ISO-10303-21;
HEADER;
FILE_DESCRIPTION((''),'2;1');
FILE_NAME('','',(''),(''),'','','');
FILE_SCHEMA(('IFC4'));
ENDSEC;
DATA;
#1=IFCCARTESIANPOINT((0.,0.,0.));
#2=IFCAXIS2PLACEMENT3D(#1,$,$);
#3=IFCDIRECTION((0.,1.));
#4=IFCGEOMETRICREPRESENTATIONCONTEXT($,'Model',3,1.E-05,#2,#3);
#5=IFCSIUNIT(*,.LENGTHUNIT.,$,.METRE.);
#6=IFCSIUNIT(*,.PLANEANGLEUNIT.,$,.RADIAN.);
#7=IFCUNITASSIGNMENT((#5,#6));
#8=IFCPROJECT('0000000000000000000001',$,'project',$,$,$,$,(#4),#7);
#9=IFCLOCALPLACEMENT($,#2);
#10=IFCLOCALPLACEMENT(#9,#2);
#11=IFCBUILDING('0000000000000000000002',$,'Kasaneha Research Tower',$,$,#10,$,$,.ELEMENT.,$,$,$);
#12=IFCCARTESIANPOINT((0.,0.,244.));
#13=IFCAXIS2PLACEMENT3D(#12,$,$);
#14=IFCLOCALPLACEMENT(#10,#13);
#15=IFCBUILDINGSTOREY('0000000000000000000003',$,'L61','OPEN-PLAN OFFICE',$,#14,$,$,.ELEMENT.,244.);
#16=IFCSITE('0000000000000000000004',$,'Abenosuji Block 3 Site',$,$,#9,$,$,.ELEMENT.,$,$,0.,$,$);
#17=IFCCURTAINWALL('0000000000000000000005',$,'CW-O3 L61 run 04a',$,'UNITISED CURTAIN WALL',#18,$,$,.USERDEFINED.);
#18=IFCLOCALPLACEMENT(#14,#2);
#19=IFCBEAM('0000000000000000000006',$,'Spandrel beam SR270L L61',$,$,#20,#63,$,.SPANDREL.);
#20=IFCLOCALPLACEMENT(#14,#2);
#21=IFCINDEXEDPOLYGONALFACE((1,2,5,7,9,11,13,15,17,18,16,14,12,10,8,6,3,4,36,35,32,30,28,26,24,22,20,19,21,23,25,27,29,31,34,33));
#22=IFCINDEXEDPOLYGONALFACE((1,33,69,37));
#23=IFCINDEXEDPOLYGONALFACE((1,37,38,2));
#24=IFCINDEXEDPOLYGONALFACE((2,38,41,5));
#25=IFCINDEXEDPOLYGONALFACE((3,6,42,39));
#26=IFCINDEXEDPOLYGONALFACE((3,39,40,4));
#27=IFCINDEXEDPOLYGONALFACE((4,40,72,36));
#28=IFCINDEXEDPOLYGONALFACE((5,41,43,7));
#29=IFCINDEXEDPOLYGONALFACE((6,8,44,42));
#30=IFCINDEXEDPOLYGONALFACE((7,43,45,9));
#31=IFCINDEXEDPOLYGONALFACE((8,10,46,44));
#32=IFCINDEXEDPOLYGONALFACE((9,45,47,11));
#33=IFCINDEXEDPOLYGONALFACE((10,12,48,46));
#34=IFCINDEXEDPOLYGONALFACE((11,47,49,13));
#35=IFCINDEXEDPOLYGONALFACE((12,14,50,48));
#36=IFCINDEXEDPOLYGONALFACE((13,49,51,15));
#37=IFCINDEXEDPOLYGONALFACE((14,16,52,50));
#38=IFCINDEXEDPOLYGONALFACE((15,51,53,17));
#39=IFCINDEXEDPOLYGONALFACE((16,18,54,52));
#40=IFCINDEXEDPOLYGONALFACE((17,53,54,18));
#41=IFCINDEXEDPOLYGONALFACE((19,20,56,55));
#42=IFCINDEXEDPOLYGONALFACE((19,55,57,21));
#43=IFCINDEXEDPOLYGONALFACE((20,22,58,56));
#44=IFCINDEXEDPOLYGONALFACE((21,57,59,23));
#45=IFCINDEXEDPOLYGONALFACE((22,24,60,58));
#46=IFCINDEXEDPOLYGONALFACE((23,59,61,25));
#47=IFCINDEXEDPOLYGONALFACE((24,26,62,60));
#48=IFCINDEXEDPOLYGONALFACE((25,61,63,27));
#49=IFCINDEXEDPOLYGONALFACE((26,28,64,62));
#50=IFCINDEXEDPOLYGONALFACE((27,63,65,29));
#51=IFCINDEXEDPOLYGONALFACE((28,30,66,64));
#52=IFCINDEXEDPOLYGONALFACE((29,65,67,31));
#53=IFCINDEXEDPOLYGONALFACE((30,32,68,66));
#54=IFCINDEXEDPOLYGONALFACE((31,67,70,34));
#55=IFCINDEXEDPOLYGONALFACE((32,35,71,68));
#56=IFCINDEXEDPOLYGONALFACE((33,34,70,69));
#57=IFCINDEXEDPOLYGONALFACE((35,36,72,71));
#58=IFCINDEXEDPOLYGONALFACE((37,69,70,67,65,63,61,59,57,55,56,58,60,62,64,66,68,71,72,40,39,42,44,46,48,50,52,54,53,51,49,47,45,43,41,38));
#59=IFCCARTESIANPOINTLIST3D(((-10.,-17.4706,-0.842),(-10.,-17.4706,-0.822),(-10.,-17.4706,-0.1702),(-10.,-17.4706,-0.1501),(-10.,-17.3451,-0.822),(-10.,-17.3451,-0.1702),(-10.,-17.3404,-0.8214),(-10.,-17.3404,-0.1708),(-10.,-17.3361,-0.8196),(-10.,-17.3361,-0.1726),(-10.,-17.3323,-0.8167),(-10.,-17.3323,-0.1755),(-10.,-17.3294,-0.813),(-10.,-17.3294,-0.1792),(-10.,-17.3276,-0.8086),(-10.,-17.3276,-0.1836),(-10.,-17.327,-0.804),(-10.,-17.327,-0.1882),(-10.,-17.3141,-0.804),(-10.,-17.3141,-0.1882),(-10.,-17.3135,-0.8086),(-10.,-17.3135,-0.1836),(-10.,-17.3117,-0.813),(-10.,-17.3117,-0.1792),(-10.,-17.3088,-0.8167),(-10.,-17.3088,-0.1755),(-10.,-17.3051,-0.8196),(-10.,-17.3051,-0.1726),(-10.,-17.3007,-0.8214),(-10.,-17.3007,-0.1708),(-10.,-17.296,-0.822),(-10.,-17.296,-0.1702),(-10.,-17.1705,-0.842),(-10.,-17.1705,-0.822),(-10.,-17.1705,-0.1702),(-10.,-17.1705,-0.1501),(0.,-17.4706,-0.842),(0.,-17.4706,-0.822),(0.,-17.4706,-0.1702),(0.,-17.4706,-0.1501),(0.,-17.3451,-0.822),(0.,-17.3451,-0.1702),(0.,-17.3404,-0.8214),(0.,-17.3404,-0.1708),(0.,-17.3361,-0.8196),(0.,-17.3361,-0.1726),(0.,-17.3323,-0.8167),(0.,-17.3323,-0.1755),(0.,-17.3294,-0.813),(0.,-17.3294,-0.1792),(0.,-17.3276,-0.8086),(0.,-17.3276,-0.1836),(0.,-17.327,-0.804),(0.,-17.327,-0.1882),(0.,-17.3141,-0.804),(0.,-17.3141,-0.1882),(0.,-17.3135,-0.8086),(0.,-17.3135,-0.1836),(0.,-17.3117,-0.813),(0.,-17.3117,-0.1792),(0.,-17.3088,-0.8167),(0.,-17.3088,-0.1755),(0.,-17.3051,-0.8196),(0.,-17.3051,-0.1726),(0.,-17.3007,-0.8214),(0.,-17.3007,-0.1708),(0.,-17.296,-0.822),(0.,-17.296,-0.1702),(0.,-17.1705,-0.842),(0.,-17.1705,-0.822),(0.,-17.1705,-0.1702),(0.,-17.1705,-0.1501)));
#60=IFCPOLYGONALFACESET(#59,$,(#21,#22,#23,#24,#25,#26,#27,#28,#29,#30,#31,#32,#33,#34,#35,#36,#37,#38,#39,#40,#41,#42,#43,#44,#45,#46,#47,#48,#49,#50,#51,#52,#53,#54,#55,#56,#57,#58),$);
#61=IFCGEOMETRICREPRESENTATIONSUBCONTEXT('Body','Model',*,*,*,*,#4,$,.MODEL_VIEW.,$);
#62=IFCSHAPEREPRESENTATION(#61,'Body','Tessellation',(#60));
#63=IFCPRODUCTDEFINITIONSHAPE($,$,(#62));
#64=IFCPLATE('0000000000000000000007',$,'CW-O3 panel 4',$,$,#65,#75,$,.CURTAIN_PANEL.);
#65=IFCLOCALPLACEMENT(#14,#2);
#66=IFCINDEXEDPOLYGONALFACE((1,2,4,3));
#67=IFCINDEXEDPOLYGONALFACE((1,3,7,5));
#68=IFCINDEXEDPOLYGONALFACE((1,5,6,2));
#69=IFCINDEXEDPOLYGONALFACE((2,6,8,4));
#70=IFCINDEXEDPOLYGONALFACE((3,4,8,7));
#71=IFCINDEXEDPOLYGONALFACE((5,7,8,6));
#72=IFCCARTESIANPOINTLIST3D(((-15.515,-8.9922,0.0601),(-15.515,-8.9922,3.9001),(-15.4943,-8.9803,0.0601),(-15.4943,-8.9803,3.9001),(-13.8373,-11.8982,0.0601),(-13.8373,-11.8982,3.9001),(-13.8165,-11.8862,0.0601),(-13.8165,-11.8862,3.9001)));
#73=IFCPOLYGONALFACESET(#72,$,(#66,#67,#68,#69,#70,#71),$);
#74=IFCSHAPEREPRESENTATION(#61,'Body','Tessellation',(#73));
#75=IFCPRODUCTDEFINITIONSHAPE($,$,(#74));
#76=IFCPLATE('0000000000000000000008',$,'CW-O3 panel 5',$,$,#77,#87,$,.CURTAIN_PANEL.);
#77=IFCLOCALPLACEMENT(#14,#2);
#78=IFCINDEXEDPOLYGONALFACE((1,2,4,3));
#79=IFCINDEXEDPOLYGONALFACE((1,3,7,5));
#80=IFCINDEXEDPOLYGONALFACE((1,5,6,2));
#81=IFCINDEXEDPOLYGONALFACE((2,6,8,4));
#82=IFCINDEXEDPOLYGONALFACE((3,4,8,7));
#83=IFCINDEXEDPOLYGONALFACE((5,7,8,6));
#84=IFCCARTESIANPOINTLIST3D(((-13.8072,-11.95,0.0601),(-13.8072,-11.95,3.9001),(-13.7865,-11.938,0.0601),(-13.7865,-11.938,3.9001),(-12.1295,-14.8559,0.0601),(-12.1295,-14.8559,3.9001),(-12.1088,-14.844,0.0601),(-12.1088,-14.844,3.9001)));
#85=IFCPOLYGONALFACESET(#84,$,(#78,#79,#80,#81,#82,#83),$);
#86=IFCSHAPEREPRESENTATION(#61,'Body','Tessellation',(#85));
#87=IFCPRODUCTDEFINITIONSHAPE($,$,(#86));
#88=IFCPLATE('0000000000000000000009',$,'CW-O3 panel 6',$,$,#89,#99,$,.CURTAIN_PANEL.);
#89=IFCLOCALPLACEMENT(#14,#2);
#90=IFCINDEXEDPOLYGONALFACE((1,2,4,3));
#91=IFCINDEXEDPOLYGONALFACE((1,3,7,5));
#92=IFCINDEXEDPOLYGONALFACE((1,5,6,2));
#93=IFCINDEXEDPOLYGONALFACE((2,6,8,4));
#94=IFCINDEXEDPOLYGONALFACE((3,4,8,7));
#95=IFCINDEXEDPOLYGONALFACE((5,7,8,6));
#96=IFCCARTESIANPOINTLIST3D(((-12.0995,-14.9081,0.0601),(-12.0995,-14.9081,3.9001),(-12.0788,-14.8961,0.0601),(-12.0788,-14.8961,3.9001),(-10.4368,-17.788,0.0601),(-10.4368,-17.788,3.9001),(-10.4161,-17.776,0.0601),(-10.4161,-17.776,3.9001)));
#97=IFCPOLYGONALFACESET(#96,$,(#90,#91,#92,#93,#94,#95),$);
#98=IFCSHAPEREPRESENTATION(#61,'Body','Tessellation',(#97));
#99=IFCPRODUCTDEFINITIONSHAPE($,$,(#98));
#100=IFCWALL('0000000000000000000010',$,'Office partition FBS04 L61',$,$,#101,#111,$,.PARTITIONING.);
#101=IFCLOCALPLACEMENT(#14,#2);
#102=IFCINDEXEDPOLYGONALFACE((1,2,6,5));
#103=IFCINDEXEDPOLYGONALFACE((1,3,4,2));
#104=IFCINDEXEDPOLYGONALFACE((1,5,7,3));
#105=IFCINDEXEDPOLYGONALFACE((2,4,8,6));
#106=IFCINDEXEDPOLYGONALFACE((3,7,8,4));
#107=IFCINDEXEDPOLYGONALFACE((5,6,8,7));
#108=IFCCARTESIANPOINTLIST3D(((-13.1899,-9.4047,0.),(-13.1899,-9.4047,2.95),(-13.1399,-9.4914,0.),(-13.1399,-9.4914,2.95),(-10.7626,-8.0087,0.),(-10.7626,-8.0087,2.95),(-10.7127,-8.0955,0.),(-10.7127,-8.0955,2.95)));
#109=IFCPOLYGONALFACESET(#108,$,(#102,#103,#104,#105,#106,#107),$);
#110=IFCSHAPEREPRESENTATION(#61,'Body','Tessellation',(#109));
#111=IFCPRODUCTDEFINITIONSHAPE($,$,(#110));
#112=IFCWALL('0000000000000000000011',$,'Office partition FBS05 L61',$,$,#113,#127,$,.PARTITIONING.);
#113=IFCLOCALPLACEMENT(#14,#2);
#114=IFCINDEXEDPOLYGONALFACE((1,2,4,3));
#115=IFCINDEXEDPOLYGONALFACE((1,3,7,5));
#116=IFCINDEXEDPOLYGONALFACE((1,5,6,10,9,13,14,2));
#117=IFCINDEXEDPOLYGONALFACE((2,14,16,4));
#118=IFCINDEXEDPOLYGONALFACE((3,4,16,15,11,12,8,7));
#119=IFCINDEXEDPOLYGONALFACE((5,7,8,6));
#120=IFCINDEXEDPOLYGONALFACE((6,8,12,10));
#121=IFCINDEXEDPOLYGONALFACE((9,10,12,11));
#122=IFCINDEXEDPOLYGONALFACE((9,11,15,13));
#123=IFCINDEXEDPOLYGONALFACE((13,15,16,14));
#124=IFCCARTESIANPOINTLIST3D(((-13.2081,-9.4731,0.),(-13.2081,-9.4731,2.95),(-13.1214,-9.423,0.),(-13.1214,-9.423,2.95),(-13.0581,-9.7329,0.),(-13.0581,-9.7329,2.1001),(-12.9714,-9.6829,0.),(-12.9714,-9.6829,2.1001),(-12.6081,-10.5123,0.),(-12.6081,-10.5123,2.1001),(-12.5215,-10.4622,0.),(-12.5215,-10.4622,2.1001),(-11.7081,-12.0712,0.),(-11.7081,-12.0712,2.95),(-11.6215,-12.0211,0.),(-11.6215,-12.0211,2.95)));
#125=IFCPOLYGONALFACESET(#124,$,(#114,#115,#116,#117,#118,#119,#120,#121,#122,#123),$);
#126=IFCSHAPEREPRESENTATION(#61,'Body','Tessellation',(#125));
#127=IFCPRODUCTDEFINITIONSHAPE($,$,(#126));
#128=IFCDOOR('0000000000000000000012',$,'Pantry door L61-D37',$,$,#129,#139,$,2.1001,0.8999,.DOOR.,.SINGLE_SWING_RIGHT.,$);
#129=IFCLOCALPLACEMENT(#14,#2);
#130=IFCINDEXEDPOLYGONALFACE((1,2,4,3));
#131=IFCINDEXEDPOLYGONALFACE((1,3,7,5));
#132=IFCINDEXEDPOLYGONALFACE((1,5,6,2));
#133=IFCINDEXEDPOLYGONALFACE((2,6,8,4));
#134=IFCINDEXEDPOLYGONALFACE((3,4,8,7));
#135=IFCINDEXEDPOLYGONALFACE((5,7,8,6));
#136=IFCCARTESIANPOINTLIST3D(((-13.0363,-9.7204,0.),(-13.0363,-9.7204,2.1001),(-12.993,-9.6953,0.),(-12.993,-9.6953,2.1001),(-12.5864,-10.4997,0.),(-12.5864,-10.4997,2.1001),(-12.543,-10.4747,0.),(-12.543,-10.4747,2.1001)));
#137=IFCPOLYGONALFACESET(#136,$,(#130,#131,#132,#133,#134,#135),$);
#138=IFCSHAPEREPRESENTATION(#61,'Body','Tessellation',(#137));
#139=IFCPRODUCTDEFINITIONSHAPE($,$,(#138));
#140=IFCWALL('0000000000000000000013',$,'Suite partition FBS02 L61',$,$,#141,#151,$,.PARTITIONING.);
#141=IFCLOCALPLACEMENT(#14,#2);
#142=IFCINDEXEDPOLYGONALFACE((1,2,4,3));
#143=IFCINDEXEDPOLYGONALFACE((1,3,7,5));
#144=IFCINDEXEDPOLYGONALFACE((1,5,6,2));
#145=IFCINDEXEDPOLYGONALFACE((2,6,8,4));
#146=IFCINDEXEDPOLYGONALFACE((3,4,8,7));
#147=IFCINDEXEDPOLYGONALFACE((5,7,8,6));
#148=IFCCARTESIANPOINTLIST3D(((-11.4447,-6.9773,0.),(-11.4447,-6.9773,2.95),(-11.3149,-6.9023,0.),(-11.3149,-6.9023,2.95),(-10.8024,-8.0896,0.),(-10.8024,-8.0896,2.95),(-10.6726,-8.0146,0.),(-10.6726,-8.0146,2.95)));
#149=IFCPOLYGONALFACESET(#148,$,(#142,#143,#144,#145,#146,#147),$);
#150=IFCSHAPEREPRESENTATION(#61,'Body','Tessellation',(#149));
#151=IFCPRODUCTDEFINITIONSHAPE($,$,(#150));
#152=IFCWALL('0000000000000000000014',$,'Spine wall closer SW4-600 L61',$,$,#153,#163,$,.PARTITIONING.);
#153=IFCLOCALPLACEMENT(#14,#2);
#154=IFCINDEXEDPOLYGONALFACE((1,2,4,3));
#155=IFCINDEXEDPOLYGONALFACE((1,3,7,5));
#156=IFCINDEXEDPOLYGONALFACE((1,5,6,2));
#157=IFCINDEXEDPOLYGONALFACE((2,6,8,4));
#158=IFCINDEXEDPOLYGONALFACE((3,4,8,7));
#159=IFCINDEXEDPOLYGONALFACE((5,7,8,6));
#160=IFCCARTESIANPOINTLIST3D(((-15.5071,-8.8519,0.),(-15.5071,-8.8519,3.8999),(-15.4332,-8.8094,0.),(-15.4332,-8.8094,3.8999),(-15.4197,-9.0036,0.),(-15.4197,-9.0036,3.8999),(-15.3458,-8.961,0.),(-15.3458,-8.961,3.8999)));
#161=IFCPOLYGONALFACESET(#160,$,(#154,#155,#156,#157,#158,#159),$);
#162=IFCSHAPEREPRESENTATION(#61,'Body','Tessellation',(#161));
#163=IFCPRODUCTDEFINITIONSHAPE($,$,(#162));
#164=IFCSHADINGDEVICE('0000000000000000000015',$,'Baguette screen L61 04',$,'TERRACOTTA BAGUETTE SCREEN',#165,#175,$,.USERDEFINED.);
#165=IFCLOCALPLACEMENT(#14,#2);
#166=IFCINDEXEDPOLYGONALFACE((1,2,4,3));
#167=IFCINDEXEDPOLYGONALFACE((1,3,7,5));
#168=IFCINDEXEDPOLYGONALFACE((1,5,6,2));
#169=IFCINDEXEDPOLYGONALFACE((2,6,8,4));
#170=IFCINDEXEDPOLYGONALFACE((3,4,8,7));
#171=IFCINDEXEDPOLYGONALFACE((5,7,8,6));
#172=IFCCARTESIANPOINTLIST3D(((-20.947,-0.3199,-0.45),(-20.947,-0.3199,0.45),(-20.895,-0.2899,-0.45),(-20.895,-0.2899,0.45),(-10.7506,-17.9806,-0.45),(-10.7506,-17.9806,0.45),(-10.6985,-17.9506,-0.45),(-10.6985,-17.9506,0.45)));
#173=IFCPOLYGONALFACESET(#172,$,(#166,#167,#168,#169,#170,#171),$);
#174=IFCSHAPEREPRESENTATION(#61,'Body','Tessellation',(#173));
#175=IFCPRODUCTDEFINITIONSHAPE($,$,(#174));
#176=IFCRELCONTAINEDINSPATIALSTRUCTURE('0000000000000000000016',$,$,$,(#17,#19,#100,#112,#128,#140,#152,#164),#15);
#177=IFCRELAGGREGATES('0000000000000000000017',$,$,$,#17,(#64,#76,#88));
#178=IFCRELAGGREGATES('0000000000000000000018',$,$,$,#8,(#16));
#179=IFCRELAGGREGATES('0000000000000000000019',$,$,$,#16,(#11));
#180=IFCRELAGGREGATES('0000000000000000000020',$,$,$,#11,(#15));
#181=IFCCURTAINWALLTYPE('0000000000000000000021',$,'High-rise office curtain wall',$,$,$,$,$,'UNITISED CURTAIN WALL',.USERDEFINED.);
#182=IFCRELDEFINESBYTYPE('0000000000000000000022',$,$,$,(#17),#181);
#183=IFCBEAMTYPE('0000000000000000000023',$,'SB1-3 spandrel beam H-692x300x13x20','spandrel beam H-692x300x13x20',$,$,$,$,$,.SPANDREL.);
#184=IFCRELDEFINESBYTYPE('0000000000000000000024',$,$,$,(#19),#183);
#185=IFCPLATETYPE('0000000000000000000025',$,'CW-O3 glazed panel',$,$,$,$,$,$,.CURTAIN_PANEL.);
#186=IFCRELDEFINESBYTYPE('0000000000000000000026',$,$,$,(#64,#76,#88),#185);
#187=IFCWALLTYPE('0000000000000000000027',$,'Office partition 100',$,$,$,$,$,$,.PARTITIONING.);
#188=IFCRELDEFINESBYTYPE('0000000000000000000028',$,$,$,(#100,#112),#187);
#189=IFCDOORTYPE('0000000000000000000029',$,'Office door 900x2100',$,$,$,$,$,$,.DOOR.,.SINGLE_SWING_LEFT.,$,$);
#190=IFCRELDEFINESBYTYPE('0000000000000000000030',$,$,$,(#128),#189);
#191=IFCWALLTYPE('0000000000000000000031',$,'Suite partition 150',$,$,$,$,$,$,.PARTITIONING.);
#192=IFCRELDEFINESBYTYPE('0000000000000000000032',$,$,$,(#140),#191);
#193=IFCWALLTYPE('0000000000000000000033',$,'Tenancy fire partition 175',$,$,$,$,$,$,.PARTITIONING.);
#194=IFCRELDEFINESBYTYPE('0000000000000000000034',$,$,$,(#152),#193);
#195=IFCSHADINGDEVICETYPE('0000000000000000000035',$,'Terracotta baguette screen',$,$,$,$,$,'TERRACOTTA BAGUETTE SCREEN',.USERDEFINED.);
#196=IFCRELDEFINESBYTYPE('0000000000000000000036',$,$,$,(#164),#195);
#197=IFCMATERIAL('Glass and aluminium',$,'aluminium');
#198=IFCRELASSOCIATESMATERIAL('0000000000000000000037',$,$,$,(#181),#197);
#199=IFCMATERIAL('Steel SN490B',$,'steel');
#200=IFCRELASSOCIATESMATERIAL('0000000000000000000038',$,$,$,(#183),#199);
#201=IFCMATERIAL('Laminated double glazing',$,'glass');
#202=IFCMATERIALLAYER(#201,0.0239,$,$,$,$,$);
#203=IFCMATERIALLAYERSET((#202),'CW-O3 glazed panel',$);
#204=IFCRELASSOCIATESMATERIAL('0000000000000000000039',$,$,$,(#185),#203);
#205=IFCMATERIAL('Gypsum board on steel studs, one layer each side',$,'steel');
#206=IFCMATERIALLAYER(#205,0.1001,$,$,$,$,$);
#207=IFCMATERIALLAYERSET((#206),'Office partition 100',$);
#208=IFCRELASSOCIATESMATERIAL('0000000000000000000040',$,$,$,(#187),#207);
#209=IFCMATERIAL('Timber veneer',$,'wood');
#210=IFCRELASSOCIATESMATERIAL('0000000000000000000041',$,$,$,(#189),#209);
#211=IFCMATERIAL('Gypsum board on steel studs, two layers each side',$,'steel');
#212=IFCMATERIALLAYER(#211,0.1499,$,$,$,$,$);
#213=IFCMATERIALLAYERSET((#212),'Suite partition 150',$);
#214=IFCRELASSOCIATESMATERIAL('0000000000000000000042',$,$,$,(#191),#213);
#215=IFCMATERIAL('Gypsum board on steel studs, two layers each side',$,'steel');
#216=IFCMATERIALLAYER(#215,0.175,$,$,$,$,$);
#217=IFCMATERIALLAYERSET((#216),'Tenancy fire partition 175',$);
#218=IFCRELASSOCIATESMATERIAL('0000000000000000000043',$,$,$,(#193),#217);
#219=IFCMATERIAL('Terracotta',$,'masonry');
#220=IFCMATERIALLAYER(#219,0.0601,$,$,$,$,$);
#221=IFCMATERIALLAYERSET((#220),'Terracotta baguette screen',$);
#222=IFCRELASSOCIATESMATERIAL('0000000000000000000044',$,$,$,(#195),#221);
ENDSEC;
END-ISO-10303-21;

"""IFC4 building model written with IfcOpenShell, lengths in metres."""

from ifc_helpers import new_model, si_unit, direction, frame, frame_2d, origin, origin_2d, place, context, subcontext, project, spatial, rectangle, i_section, extrude, material, layer, layer_set, material_profile, profile_set, type_object, element, fill, aggregate, save


model = new_model("IFC4")

# Units and contexts
model_context = context("Model", 3, precision=1e-05, world=origin(), true_north=direction((0.0, 1.0)))
body_context = subcontext(model_context, "Body", "Model", "MODEL_VIEW")
ifc_project = project(units=[si_unit("LENGTHUNIT", "METRE"), si_unit("PLANEANGLEUNIT", "RADIAN")], contexts=[model_context])

# Site, building, storey
site_placement = place(None, origin())
site = spatial("IfcSite", under=ifc_project, at=site_placement, Name="Abenosuji Block 3 Site", CompositionType="ELEMENT", RefElevation=0.0)
building_placement = place(site_placement, origin())
building = spatial("IfcBuilding", under=site, at=building_placement, Name="Kasaneha Research Tower", CompositionType="ELEMENT")
storey_placement = place(building_placement, frame((0.0, 0.0, 244.0)))
storey = spatial("IfcBuildingStorey", under=building, at=storey_placement, Name="L61", Description="OPEN-PLAN OFFICE", CompositionType="ELEMENT", Elevation=244.0)

# Curtain wall
ifc_material_1 = material(Name="Glass and aluminium", Category="aluminium")
curtain_wall_type = type_object("IfcCurtainWallType", Name="High-rise office curtain wall", ElementType="UNITISED CURTAIN WALL", PredefinedType="USERDEFINED", material=ifc_material_1)
curtain_wall_1_placement = place(storey_placement, origin())
curtain_wall_1 = element("IfcCurtainWall", 1, at=curtain_wall_1_placement, inside=storey, type_object=curtain_wall_type, Name="CW-O3 L61 run 04a", ObjectType="UNITISED CURTAIN WALL", PredefinedType="USERDEFINED")

# Beam
ifc_material_2 = material(Name="Steel SN490B", Category="steel")
ifc_material_profile_1 = material_profile(ifc_material_2, i_section(OverallWidth=0.3, OverallDepth=0.6919, WebThickness=0.0129, FlangeThickness=0.02, FilletRadius=0.0181, at=origin_2d()), Name="H-692x300x13x20")
ifc_profile_set_1 = profile_set([ifc_material_profile_1], Name="Steel SN490B")
beam_type_1 = type_object("IfcBeamType", Name="SB1-3 spandrel beam H-692x300x13x20", Description="spandrel beam H-692x300x13x20", PredefinedType="SPANDREL", material=ifc_profile_set_1)
beam_1_placement = place(storey_placement, frame((-10.0, -17.3206, -0.4961), z_axis=(1.0, 0.0, 0.0), x_axis=(0.0, 1.0, 0.0)))
element("IfcBeam", 2, at=beam_1_placement, inside=storey, type_object=beam_type_1, Name="Spandrel beam SR270L L61", PredefinedType="SPANDREL", context=body_context, shape_type="SweptSolid", body=[
    extrude(i_section(OverallWidth=0.3, OverallDepth=0.6919, WebThickness=0.0129, FlangeThickness=0.02, FilletRadius=0.0181, at=origin_2d()), origin(), (0.0, 0.0, 1.0), 10.0),
])

# Plates
ifc_material_3 = material(Name="Laminated double glazing", Category="glass")
ifc_layer_1 = layer(ifc_material_3, 0.0239)
ifc_layer_set_1 = layer_set([ifc_layer_1], Name="CW-O3 glazed panel")
plate_type = type_object("IfcPlateType", Name="CW-O3 glazed panel", PredefinedType="CURTAIN_PANEL", material=ifc_layer_set_1)
plate_1_placement = place(storey_placement, frame((-14.6658, -10.4392, 0.0601), z_axis=(0.0, 0.0, 1.0), x_axis=(0.5, -0.866025, 0.0)))
plate_1 = element("IfcPlate", 3, at=plate_1_placement, type_object=plate_type, Name="CW-O3 panel 4", PredefinedType="CURTAIN_PANEL", context=body_context, shape_type="SweptSolid", body=[
    extrude(rectangle(XDim=3.3555, YDim=0.0239, at=origin_2d()), origin(), (0.0, 0.0, 1.0), 3.8401),
])
plate_2_placement = place(storey_placement, frame((-12.958, -13.397, 0.0601), z_axis=(0.0, 0.0, 1.0), x_axis=(0.5, -0.866025, 0.0)))
plate_2 = element("IfcPlate", 4, at=plate_2_placement, type_object=plate_type, Name="CW-O3 panel 5", PredefinedType="CURTAIN_PANEL", context=body_context, shape_type="SweptSolid", body=[
    extrude(rectangle(XDim=3.3555, YDim=0.0239, at=origin_2d()), origin(), (0.0, 0.0, 1.0), 3.8401),
])
plate_3_placement = place(storey_placement, frame((-11.2578, -16.342, 0.0601), z_axis=(0.0, 0.0, 1.0), x_axis=(0.5, -0.866025, 0.0)))
plate_3 = element("IfcPlate", 5, at=plate_3_placement, type_object=plate_type, Name="CW-O3 panel 6", PredefinedType="CURTAIN_PANEL", context=body_context, shape_type="SweptSolid", body=[
    extrude(rectangle(XDim=3.3254, YDim=0.0239, at=origin_2d()), origin(), (0.0, 0.0, 1.0), 3.8401),
])
aggregate(curtain_wall_1, [plate_1, plate_2, plate_3])

# Wall
ifc_material_4 = material(Name="Gypsum board on steel studs, one layer each side", Category="steel")
ifc_layer_2 = layer(ifc_material_4, 0.1001)
ifc_layer_set_2 = layer_set([ifc_layer_2], Name="Office partition 100")
wall_type_1 = type_object("IfcWallType", Name="Office partition 100", PredefinedType="PARTITIONING", material=ifc_layer_set_2)
wall_1_placement = place(storey_placement, frame((-13.1648, -9.448, 0.0), z_axis=(0.0, 0.0, 1.0), x_axis=(0.866855, 0.49856, 0.0)))
element("IfcWall", 6, at=wall_1_placement, inside=storey, type_object=wall_type_1, Name="Office partition FBS04 L61", PredefinedType="PARTITIONING", context=body_context, shape_type="SweptSolid", body=[
    extrude(rectangle(XDim=2.8, YDim=0.1001, at=frame_2d((1.3999, 0.0))), origin(), (0.0, 0.0, 1.0), 2.95),
])

# Wall, opening, door
wall_2_placement = place(storey_placement, frame((-11.6648, -12.0461, 0.0), z_axis=(0.0, 0.0, 1.0), x_axis=(-0.49999, 0.866031, 0.0)))
wall_2 = element("IfcWall", 7, at=wall_2_placement, inside=storey, type_object=wall_type_1, Name="Office partition FBS05 L61", PredefinedType="PARTITIONING", context=body_context, shape_type="SweptSolid", body=[
    extrude(rectangle(XDim=3.0, YDim=0.1001, at=frame_2d((1.5, 0.0))), origin(), (0.0, 0.0, 1.0), 2.95),
])
opening_placement = place(wall_2_placement, frame((1.8, 0.0, 0.0)))
opening = element("IfcOpeningElement", 8, at=opening_placement, cuts=wall_2, PredefinedType="OPENING", context=body_context, shape_type="SweptSolid", body=[
    extrude(rectangle(XDim=0.8999, YDim=2.1001, at=frame_2d((0.45, 1.05))), frame((0.0, 0.0601, 0.0), z_axis=(0.0, -1.0, 0.0), x_axis=(1.0, 0.0, 0.0)), (0.0, 0.0, 1.0), 0.1201),
])
ifc_material_5 = material(Name="Timber veneer", Category="wood")
door_type = type_object("IfcDoorType", Name="Office door 900x2100", OperationType="SINGLE_SWING_LEFT", PredefinedType="DOOR", material=ifc_material_5)
door_placement = place(opening_placement, origin())
door = element("IfcDoor", 9, at=door_placement, inside=storey, type_object=door_type, Name="Pantry door L61-D37", OperationType="SINGLE_SWING_RIGHT", OverallHeight=2.1001, OverallWidth=0.8999, PredefinedType="DOOR", context=body_context, shape_type="SweptSolid", body=[
    extrude(rectangle(XDim=0.8999, YDim=2.1001, at=frame_2d((0.45, 1.05))), frame((0.0, 0.0249, 0.0), z_axis=(0.0, -1.0, 0.0), x_axis=(1.0, 0.0, 0.0)), (0.0, 0.0, 1.0), 0.05),
])
fill(opening, door)

# Walls
ifc_material_6 = material(Name="Gypsum board on steel studs, two layers each side", Category="steel")
ifc_layer_3 = layer(ifc_material_6, 0.1499)
ifc_layer_set_3 = layer_set([ifc_layer_3], Name="Suite partition 150")
wall_type_2 = type_object("IfcWallType", Name="Suite partition 150", PredefinedType="PARTITIONING", material=ifc_layer_set_3)
wall_3_placement = place(storey_placement, frame((-10.7375, -8.052, 0.0), z_axis=(0.0, 0.0, 1.0), x_axis=(-0.500084, 0.865977, 0.0)))
element("IfcWall", 10, at=wall_3_placement, inside=storey, type_object=wall_type_2, Name="Suite partition FBS02 L61", PredefinedType="PARTITIONING", context=body_context, shape_type="SweptSolid", body=[
    extrude(rectangle(XDim=1.2844, YDim=0.1499, at=frame_2d((0.6421, 0.0))), origin(), (0.0, 0.0, 1.0), 2.95),
])
ifc_material_7 = material(Name="Gypsum board on steel studs, two layers each side", Category="steel")
ifc_layer_4 = layer(ifc_material_7, 0.175)
ifc_layer_set_4 = layer_set([ifc_layer_4], Name="Tenancy fire partition 175")
wall_type_3 = type_object("IfcWallType", Name="Tenancy fire partition 175", PredefinedType="PARTITIONING", material=ifc_layer_set_4)
wall_4_placement = place(storey_placement, frame((-15.3896, -8.8853, 0.0), z_axis=(0.0, 0.0, 1.0), x_axis=(-0.866472, -0.499226, 0.0)))
element("IfcWall", 11, at=wall_4_placement, inside=storey, type_object=wall_type_3, Name="Spine wall closer SW4-600 L61", PredefinedType="PARTITIONING", context=body_context, shape_type="SweptSolid", body=[
    extrude(rectangle(XDim=0.0852, YDim=0.175, at=frame_2d((0.0425, 0.0))), origin(), (0.0, 0.0, 1.0), 3.8999),
])

# Shading device
ifc_material_8 = material(Name="Terracotta", Category="masonry")
ifc_layer_5 = layer(ifc_material_8, 0.0601)
ifc_layer_set_5 = layer_set([ifc_layer_5], Name="Terracotta baguette screen")
shading_device_type = type_object("IfcShadingDeviceType", Name="Terracotta baguette screen", ElementType="TERRACOTTA BAGUETTE SCREEN", PredefinedType="USERDEFINED", material=ifc_layer_set_5)
shading_device_placement = place(storey_placement, frame((-15.8228, -9.1353, -0.45), z_axis=(0.0, 0.0, 1.0), x_axis=(0.5, -0.866025, 0.0)))
element("IfcShadingDevice", 12, at=shading_device_placement, inside=storey, type_object=shading_device_type, Name="Baguette screen L61 04", ObjectType="TERRACOTTA BAGUETTE SCREEN", PredefinedType="USERDEFINED", context=body_context, shape_type="SweptSolid", body=[
    extrude(rectangle(XDim=20.3928, YDim=0.0601, at=origin_2d()), origin(), (0.0, 0.0, 1.0), 0.8999),
])

save(model, "model.ifc")
